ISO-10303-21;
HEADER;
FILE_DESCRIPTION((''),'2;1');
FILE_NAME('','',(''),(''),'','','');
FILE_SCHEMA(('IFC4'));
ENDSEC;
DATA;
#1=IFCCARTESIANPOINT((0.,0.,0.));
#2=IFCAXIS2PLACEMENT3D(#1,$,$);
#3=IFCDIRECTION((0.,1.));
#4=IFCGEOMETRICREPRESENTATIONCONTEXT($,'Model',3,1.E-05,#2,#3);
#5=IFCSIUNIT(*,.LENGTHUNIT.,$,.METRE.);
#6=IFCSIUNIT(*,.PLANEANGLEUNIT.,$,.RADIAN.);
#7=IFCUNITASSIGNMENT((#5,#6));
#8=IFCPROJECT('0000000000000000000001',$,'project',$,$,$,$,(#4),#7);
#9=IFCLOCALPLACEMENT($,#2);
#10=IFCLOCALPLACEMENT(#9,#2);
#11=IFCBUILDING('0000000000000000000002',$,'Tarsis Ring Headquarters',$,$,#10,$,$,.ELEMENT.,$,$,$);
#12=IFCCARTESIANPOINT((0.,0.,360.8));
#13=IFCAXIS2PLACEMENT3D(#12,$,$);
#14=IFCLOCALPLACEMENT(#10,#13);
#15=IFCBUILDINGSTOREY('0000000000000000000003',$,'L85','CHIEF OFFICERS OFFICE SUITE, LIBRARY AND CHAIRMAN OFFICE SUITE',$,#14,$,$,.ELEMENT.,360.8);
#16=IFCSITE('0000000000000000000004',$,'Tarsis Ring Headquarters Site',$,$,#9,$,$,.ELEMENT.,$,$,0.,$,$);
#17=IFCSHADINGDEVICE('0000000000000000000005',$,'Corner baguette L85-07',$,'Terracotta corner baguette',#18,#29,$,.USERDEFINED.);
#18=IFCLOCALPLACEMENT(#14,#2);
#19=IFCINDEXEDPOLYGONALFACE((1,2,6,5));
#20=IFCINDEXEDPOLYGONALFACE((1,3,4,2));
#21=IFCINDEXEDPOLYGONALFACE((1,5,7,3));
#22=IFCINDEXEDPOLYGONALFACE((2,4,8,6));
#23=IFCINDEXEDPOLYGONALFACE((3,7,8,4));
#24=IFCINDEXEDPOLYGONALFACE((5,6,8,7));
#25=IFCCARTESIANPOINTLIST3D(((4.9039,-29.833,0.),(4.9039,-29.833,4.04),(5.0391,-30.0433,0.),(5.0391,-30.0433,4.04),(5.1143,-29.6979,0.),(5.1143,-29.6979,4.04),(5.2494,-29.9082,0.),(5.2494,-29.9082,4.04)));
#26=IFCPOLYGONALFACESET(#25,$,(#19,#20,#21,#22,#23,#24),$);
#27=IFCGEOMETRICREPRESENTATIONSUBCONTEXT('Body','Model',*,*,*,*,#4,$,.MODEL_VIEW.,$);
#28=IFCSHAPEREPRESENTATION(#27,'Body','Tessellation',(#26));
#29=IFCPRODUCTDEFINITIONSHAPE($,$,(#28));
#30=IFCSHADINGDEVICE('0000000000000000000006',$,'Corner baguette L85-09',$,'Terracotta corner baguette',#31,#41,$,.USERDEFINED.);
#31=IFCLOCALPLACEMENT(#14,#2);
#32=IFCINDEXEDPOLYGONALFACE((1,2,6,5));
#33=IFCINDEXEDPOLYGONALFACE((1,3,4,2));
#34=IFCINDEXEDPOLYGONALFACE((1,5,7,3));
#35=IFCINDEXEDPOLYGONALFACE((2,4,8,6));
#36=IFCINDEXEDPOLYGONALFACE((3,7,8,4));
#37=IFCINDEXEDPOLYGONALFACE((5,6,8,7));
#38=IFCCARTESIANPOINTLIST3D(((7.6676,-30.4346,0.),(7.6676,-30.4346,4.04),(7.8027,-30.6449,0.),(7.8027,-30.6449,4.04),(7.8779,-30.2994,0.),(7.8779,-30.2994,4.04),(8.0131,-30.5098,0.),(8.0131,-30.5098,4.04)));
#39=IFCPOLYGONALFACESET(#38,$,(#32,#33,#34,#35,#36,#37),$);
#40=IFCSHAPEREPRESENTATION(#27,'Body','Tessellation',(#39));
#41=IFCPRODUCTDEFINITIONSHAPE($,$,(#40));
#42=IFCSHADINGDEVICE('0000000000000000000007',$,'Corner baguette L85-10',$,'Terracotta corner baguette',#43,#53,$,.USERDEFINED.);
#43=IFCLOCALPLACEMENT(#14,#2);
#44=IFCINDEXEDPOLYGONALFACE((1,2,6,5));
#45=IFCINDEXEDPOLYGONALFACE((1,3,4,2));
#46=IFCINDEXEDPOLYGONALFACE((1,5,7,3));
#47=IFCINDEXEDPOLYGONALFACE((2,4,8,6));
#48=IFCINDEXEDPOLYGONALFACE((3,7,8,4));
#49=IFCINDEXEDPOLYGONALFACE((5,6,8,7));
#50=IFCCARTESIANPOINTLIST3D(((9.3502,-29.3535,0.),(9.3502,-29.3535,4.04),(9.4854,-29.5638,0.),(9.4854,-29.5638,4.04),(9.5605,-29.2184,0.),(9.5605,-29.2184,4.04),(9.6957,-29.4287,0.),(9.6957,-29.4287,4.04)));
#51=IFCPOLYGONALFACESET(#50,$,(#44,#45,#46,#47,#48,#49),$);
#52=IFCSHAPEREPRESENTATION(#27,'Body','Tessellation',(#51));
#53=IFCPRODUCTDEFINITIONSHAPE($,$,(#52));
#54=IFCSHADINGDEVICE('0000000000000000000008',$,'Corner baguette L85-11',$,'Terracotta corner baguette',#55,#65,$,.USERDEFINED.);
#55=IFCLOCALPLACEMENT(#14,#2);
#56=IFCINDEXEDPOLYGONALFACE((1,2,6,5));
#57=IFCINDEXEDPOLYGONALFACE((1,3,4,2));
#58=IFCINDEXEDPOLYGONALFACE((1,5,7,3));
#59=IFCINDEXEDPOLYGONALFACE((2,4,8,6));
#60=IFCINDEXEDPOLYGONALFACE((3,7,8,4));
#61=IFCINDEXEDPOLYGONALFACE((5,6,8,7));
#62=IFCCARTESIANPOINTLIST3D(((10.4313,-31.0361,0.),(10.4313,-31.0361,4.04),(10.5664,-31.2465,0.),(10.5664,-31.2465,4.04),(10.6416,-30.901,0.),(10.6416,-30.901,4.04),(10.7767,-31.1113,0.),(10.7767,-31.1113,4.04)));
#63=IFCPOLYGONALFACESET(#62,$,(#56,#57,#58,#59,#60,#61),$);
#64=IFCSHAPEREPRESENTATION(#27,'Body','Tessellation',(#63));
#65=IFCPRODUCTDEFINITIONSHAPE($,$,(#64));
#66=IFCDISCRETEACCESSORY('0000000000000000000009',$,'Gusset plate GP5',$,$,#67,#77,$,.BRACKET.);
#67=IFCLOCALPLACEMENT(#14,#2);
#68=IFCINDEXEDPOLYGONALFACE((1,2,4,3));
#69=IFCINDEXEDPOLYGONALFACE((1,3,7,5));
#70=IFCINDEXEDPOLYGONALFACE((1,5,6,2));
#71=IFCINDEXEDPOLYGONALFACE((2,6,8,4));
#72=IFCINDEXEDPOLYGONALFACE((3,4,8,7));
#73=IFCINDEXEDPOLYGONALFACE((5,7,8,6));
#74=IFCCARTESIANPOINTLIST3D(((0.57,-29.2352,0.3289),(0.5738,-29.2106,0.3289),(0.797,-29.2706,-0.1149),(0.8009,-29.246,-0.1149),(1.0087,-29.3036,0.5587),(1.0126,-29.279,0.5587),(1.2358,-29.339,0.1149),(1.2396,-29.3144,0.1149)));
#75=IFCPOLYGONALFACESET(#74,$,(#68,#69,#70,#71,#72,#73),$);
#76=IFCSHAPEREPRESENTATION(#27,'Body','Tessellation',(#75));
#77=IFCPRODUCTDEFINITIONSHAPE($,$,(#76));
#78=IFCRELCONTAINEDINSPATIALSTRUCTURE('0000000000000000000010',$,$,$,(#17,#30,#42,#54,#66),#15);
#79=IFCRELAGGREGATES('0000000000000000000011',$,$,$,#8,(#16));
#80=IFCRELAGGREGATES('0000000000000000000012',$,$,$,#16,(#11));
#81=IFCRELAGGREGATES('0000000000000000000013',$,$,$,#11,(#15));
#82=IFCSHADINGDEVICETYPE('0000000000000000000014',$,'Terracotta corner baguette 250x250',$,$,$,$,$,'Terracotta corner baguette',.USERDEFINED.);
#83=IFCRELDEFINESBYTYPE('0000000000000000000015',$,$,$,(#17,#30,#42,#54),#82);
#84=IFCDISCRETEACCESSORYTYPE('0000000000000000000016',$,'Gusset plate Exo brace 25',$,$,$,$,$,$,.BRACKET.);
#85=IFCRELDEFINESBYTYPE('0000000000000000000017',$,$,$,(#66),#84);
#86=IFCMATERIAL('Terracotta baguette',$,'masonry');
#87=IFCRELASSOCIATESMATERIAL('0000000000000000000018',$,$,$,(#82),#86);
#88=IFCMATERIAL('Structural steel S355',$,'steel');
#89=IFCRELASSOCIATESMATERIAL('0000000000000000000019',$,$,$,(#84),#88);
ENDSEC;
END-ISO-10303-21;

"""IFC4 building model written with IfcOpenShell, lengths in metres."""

from ifc_helpers import new_model, si_unit, direction, frame, origin, origin_2d, place, context, subcontext, project, spatial, rectangle, extrude, material, material_profile, profile_set, type_object, element, save


model = new_model("IFC4")

# Units and contexts
model_context = context("Model", 3, precision=1e-05, world=origin(), true_north=direction((0.0, 1.0)))
body_context = subcontext(model_context, "Body", "Model", "MODEL_VIEW")
ifc_project = project(units=[si_unit("LENGTHUNIT", "METRE"), si_unit("PLANEANGLEUNIT", "RADIAN")], contexts=[model_context])

# Site, building, storey
site_placement = place(None, origin())
site = spatial("IfcSite", under=ifc_project, at=site_placement, Name="Tarsis Ring Headquarters Site", CompositionType="ELEMENT", RefElevation=0.0)
building_placement = place(site_placement, origin())
building = spatial("IfcBuilding", under=site, at=building_placement, Name="Tarsis Ring Headquarters", CompositionType="ELEMENT")
storey_placement = place(building_placement, frame((0.0, 0.0, 360.8)))
storey = spatial("IfcBuildingStorey", under=building, at=storey_placement, Name="L85", Description="CHIEF OFFICERS OFFICE SUITE, LIBRARY AND CHAIRMAN OFFICE SUITE", CompositionType="ELEMENT", Elevation=360.8)

# Shared definitions
ifc_material_1 = material(Name="Structural steel S355", Category="steel")

# Shading devices
ifc_material_2 = material(Name="Terracotta baguette", Category="masonry")
shading_device_type_1 = type_object("IfcShadingDeviceType", Name="Terracotta corner baguette 250x250", ElementType="Terracotta corner baguette", PredefinedType="USERDEFINED", material=ifc_material_2)
for number, where, z_axis, x_axis, name in (
    (1, (5.0767, -29.8706, 0.0), (0.0, 0.0, 1.0), (0.540534, -0.841322, 0.0), "Corner baguette L85-07"),
    (2, (7.8403, -30.4722, 0.0), (0.0, 0.0, 1.0), (0.540534, -0.841322, 0.0), "Corner baguette L85-09"),
    (3, (9.5229, -29.3911, 0.0), (0.0, 0.0, 1.0), (0.841322, 0.540534, 0.0), "Corner baguette L85-10"),
    (4, (10.604, -31.0737, 0.0), (0.0, 0.0, 1.0), (0.540534, -0.841322, 0.0), "Corner baguette L85-11"),
):
    element("IfcShadingDevice", number, at=place(storey_placement, frame(where, z_axis=z_axis, x_axis=x_axis)), inside=storey, type_object=shading_device_type_1, Name=name, ObjectType="Terracotta corner baguette", PredefinedType="USERDEFINED", context=body_context, shape_type="SweptSolid", body=[
        extrude(rectangle(XDim=0.25, YDim=0.25, at=origin_2d()), origin(), (0.0, 0.0, 1.0), 4.04),
    ])

# Discrete accessory
ifc_material_profile_1 = material_profile(ifc_material_1, rectangle(XDim=0.0249, YDim=0.5, at=origin_2d()), Name="PL 25x500")
ifc_profile_set_1 = profile_set([ifc_material_profile_1], Name="Structural steel S355")
discrete_accessory_type = type_object("IfcDiscreteAccessoryType", Name="Gusset plate Exo brace 25", PredefinedType="BRACKET", material=ifc_profile_set_1)
discrete_accessory_placement = place(storey_placement, frame((1.0183, -29.2925, 0.0), z_axis=(-0.454278, 0.070828, 0.88804), x_axis=(-0.154053, -0.988063, 0.0)))
element("IfcDiscreteAccessory", 5, at=discrete_accessory_placement, inside=storey, type_object=discrete_accessory_type, Name="Gusset plate GP5", PredefinedType="BRACKET", context=body_context, shape_type="SweptSolid", body=[
    extrude(rectangle(XDim=0.0249, YDim=0.5, at=origin_2d()), origin(), (0.0, 0.0, 1.0), 0.4998),
])

save(model, "model.ifc")
